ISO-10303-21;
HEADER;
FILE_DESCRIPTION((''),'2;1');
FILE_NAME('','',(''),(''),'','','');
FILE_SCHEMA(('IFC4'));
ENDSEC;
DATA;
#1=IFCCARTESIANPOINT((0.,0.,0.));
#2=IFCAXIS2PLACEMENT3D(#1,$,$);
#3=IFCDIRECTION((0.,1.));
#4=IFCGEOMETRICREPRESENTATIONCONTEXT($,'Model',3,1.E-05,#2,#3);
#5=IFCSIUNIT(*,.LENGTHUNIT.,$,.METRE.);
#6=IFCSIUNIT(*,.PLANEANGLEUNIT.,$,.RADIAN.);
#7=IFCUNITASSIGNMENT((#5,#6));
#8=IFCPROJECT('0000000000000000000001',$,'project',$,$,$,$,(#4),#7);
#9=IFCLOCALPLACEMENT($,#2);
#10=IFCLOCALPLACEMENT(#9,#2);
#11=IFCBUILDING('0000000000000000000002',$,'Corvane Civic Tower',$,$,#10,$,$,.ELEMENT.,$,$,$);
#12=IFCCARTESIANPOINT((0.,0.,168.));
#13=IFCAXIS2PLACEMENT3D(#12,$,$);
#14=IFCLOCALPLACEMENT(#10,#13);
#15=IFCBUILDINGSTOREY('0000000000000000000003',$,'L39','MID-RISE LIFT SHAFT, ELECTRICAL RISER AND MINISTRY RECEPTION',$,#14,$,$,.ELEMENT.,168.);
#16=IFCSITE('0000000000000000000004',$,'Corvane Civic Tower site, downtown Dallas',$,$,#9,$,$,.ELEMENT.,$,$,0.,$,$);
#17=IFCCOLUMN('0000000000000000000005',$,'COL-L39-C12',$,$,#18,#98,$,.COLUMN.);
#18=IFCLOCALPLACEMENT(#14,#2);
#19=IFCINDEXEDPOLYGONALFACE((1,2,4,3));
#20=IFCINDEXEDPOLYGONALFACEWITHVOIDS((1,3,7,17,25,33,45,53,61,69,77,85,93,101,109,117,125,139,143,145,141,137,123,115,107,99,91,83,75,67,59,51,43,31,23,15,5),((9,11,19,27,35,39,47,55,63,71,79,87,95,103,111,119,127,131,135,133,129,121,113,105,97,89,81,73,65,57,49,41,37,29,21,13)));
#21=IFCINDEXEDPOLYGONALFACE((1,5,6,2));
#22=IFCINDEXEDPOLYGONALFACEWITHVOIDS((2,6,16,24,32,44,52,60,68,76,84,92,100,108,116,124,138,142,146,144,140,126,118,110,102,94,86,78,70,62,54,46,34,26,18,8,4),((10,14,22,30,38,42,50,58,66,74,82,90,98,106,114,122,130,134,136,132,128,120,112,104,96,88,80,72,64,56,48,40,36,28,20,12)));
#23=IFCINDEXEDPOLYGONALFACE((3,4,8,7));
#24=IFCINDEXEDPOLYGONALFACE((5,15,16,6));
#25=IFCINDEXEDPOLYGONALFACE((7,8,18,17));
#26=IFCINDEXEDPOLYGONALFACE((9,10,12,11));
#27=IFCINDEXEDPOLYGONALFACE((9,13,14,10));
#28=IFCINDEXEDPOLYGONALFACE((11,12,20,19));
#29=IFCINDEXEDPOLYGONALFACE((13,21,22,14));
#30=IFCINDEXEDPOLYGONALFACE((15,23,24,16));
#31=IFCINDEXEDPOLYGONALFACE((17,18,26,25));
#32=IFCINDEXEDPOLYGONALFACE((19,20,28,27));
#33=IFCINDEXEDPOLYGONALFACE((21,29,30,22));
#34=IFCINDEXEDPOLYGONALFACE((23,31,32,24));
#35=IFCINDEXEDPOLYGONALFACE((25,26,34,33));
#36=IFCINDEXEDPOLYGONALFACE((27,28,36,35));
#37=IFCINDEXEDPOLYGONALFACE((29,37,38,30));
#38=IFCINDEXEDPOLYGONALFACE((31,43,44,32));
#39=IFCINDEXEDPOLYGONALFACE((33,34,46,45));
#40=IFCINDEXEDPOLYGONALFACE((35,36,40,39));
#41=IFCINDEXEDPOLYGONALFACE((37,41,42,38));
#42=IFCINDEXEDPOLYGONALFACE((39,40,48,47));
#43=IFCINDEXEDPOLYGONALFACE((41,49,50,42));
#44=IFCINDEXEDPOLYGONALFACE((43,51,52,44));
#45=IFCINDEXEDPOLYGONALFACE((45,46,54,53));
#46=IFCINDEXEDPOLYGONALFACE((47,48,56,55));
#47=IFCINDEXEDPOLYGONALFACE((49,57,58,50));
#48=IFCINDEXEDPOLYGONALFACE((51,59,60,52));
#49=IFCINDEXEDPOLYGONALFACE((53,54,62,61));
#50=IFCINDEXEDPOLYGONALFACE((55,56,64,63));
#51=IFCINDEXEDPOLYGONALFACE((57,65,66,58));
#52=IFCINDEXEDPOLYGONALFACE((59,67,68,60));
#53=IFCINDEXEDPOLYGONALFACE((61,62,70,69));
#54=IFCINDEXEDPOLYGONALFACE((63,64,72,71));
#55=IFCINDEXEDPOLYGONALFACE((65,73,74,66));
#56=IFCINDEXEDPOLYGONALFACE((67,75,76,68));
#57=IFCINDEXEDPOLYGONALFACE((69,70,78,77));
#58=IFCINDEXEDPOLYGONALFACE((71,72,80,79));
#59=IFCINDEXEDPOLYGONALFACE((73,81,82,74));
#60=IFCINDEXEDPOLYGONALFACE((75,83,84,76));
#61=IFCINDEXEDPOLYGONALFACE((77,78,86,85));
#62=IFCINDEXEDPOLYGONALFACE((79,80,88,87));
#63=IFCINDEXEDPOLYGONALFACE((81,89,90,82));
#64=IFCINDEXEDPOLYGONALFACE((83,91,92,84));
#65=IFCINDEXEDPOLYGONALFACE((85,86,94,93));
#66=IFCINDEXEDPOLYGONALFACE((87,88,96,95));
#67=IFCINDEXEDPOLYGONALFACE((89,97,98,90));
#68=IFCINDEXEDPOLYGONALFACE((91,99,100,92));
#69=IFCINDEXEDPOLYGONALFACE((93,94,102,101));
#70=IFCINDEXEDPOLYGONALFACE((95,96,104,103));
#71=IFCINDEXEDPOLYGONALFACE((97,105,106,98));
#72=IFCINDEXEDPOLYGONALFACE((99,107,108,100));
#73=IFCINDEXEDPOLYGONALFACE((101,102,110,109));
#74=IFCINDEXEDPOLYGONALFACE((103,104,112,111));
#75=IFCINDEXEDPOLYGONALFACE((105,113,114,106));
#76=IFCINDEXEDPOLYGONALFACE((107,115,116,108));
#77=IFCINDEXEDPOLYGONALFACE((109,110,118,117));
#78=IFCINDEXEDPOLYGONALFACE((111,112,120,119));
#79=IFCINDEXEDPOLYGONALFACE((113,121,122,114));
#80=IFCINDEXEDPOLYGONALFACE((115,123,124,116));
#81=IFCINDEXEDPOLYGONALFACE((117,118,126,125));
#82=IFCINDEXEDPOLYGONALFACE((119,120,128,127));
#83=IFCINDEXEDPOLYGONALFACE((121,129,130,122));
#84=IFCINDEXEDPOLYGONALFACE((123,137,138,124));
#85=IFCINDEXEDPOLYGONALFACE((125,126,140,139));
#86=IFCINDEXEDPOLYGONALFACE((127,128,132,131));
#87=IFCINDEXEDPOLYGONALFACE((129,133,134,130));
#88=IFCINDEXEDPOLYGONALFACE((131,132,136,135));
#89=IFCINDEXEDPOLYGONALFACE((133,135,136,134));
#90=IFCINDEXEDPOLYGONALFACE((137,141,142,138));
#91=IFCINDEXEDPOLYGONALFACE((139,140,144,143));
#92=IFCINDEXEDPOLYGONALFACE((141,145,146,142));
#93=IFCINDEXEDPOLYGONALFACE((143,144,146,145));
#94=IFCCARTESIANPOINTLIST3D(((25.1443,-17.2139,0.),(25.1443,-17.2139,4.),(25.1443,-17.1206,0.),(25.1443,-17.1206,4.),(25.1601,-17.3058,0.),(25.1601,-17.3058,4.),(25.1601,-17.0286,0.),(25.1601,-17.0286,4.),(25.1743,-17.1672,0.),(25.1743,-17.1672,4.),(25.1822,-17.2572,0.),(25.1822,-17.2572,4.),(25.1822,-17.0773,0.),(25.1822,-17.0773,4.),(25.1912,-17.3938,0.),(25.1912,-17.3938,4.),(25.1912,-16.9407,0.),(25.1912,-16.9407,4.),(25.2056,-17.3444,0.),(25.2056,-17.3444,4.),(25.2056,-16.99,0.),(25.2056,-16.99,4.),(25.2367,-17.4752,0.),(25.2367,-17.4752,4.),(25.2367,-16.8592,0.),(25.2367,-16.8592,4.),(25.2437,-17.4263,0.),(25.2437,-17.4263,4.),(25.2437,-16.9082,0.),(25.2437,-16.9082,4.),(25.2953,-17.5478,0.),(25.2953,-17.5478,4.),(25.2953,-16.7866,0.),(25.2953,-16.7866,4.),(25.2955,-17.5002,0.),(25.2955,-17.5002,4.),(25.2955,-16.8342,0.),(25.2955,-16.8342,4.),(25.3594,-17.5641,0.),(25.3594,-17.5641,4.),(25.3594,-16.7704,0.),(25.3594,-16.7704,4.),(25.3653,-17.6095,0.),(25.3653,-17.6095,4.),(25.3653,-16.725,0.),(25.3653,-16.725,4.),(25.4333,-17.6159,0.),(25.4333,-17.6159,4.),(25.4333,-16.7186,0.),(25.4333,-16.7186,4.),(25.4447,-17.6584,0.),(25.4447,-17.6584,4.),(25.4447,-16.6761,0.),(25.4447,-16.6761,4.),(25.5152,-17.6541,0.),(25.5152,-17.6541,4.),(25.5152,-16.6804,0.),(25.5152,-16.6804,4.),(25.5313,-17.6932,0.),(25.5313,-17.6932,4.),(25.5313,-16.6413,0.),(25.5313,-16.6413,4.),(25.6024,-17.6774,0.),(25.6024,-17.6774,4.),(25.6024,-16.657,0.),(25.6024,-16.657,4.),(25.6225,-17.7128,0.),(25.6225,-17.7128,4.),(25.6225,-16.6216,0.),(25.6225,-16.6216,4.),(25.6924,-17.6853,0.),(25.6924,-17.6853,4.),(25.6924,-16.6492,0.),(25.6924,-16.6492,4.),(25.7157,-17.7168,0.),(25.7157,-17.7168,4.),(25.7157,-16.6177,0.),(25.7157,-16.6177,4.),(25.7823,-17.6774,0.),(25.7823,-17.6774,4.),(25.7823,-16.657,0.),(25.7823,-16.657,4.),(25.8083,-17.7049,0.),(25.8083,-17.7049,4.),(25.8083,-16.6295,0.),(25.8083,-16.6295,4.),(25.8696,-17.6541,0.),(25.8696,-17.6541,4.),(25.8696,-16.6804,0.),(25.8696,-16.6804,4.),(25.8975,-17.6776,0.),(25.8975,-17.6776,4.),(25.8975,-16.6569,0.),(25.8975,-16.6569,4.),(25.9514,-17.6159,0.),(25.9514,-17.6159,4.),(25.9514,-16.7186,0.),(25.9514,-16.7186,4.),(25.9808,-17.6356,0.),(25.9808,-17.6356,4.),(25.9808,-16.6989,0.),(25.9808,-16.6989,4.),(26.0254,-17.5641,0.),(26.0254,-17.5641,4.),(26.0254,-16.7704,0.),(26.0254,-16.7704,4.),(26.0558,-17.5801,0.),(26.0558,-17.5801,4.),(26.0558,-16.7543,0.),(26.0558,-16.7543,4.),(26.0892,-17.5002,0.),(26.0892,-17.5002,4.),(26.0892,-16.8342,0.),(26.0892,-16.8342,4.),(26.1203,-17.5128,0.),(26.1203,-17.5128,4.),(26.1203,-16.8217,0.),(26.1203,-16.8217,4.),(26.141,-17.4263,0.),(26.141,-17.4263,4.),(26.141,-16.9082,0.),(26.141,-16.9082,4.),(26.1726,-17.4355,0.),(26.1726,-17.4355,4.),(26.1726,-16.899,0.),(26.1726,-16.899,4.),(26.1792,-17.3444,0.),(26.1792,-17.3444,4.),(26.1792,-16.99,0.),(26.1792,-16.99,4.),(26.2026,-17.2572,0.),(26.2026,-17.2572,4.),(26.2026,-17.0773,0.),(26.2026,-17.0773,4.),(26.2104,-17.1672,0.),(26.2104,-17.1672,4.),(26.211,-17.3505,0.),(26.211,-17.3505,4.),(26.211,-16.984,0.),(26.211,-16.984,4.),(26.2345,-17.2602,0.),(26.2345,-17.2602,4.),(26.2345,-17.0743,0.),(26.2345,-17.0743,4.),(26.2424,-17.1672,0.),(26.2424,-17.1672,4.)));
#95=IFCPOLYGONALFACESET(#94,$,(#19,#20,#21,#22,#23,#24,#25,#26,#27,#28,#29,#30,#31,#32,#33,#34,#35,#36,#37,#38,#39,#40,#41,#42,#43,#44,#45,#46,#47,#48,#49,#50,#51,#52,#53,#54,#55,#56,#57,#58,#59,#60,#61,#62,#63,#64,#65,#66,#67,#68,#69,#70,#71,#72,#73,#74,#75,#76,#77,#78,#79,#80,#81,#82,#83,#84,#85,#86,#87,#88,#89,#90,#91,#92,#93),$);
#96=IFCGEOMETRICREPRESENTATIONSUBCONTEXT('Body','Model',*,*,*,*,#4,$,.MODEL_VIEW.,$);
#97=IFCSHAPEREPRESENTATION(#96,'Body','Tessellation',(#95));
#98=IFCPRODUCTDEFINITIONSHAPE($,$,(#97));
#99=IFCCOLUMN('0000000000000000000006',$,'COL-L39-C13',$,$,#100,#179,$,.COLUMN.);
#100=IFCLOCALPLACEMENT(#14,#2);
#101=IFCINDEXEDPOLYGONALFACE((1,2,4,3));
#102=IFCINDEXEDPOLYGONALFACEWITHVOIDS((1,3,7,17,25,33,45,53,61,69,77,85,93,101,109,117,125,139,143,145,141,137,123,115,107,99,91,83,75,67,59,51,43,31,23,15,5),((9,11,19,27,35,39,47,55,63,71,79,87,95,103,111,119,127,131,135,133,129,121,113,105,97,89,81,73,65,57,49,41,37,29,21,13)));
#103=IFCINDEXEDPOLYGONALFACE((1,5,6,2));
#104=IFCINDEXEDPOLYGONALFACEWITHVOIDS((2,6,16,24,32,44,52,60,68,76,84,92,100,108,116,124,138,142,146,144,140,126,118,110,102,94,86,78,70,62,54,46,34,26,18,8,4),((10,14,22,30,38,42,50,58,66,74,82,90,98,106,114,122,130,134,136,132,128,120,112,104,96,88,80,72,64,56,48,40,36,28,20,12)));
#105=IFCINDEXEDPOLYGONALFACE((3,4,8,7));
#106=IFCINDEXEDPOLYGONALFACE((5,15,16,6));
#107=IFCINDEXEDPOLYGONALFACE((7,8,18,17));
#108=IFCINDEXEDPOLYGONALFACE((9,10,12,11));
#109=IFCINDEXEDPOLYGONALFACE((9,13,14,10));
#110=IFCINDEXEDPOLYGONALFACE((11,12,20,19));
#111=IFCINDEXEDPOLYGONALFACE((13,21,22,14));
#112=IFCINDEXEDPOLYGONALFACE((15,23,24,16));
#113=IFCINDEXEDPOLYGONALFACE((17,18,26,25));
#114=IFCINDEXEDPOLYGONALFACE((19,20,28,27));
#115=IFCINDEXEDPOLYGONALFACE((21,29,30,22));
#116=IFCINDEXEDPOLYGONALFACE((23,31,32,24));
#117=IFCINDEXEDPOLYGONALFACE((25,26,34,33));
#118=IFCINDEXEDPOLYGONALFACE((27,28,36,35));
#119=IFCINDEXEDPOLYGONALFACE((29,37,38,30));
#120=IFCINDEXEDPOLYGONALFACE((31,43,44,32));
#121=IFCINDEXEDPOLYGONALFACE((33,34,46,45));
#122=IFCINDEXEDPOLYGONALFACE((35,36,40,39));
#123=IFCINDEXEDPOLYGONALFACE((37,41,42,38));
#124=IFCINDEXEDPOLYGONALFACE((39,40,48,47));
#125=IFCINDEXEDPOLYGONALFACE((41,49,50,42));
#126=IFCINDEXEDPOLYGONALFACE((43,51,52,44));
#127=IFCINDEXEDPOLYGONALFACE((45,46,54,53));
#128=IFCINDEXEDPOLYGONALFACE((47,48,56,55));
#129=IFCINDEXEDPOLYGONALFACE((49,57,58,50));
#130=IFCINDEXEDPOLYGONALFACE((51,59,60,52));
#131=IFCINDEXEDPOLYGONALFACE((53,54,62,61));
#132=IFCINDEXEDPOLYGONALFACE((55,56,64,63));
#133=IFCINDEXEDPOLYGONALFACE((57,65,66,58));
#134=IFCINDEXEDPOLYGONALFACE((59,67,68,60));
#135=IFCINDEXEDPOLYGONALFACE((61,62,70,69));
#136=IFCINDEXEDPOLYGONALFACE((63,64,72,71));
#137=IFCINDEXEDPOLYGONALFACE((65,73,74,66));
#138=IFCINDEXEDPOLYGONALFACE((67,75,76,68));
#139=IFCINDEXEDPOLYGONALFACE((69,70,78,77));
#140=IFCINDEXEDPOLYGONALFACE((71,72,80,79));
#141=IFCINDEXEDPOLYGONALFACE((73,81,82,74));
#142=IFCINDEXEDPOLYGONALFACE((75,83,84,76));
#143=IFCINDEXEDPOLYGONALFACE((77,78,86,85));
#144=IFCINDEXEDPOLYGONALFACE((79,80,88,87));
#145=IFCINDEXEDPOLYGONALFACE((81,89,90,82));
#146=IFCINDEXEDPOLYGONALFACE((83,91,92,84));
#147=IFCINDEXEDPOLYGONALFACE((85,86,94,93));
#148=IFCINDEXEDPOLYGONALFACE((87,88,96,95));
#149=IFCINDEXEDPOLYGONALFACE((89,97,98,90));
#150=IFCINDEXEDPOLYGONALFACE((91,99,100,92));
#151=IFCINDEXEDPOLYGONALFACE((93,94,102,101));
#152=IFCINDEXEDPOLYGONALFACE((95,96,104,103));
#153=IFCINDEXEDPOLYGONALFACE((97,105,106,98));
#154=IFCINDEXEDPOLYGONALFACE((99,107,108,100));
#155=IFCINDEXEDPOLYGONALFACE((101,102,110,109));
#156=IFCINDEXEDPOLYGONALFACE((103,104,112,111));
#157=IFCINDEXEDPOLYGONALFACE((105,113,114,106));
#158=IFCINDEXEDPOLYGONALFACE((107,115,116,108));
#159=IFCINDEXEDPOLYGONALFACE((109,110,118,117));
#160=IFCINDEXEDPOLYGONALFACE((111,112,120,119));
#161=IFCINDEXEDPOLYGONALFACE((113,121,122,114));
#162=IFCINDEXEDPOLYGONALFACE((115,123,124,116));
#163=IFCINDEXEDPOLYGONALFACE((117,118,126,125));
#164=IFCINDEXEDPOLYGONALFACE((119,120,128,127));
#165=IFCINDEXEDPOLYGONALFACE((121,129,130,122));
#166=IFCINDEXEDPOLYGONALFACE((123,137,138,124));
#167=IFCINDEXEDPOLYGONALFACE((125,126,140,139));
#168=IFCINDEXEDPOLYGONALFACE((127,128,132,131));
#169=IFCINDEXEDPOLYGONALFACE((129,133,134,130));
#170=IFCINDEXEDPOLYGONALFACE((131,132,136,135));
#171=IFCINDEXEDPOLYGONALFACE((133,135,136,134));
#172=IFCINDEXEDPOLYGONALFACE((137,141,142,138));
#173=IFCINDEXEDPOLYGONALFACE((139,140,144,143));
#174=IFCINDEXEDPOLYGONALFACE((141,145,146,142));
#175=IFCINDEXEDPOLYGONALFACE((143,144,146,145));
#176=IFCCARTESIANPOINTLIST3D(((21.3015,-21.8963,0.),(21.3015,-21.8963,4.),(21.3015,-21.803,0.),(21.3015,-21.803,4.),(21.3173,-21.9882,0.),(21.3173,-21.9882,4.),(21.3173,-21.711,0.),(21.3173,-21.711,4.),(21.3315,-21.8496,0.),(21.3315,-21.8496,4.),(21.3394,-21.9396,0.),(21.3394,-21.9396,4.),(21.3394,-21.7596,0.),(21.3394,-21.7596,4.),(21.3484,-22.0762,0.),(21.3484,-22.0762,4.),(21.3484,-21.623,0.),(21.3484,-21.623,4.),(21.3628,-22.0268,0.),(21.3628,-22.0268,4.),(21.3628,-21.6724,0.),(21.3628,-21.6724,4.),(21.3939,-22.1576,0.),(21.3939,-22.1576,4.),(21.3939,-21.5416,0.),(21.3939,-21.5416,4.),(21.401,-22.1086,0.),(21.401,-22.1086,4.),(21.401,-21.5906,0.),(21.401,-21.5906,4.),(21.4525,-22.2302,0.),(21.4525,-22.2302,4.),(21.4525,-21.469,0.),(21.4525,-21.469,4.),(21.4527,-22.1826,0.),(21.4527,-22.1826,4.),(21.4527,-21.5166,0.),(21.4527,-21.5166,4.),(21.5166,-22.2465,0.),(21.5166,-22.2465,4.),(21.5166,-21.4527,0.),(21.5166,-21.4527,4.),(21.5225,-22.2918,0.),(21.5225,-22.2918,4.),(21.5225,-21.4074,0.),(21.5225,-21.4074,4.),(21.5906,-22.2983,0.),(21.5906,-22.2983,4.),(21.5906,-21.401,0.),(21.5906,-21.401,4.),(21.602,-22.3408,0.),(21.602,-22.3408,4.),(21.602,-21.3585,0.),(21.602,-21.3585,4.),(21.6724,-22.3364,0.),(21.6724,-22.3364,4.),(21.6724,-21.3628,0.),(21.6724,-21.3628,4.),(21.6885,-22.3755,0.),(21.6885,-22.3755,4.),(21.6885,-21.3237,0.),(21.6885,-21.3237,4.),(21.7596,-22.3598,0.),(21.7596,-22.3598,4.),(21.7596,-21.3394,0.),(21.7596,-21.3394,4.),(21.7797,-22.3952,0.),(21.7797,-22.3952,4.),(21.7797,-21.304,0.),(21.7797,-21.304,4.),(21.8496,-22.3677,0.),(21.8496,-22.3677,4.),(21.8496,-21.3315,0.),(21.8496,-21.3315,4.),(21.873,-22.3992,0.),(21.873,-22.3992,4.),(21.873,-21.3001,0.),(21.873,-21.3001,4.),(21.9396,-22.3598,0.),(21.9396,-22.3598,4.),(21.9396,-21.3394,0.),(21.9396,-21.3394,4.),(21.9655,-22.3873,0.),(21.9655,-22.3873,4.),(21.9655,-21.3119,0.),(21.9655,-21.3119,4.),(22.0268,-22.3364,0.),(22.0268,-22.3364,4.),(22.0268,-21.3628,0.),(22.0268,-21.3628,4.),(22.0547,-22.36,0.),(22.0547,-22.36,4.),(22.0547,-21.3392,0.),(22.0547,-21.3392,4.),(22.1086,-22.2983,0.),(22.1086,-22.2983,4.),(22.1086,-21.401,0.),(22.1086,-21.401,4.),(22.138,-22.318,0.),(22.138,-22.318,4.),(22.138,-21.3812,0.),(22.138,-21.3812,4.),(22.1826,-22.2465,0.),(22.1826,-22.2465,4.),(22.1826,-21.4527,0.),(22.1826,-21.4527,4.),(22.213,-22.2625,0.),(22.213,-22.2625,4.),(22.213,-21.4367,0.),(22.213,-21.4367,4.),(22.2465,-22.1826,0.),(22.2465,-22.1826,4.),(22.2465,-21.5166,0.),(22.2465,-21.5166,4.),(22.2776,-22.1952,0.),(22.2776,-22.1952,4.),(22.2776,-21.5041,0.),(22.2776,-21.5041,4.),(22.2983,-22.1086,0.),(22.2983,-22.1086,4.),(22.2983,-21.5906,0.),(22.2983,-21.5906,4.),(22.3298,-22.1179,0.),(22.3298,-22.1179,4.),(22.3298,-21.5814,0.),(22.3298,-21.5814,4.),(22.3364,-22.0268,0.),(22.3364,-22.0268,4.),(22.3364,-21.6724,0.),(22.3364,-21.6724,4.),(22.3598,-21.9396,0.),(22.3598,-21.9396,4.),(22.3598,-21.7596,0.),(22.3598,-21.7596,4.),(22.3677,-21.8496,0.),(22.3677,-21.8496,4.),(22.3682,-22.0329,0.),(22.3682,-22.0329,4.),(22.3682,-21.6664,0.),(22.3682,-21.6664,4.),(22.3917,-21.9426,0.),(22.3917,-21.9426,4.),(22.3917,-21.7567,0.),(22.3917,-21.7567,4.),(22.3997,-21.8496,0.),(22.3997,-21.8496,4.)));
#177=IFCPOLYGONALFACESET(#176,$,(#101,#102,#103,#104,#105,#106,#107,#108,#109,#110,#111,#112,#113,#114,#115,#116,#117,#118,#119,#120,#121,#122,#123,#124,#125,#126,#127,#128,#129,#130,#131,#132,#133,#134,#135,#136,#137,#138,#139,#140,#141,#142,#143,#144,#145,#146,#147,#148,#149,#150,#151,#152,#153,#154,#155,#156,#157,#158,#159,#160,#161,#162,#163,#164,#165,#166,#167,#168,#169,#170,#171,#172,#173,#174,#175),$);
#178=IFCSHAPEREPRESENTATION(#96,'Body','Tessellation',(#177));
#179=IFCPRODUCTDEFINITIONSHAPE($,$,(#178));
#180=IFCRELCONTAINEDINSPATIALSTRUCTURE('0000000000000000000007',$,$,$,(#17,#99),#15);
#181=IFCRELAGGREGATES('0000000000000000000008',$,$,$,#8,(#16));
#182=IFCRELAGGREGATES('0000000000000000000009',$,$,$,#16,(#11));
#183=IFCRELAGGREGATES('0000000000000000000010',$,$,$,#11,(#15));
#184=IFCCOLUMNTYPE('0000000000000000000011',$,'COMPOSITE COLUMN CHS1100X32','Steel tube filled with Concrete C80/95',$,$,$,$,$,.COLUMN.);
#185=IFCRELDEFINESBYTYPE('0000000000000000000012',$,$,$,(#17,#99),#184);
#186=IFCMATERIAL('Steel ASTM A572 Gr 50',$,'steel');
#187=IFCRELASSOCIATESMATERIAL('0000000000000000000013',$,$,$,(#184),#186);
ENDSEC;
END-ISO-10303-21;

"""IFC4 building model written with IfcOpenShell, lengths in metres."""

from ifc_helpers import new_model, si_unit, direction, frame, origin, origin_2d, place, context, subcontext, project, spatial, hollow_circle, extrude, material, material_profile, profile_set, type_object, element, save


model = new_model("IFC4")

# Units and contexts
model_context = context("Model", 3, precision=1e-05, world=origin(), true_north=direction((0.0, 1.0)))
body_context = subcontext(model_context, "Body", "Model", "MODEL_VIEW")
ifc_project = project(units=[si_unit("LENGTHUNIT", "METRE"), si_unit("PLANEANGLEUNIT", "RADIAN")], contexts=[model_context])

# Site, building, storey
site_placement = place(None, origin())
site = spatial("IfcSite", under=ifc_project, at=site_placement, Name="Corvane Civic Tower site, downtown Dallas", CompositionType="ELEMENT", RefElevation=0.0)
building_placement = place(site_placement, origin())
building = spatial("IfcBuilding", under=site, at=building_placement, Name="Corvane Civic Tower", CompositionType="ELEMENT")
storey_placement = place(building_placement, frame((0.0, 0.0, 168.0)))
storey = spatial("IfcBuildingStorey", under=building, at=storey_placement, Name="L39", Description="MID-RISE LIFT SHAFT, ELECTRICAL RISER AND MINISTRY RECEPTION", CompositionType="ELEMENT", Elevation=168.0)

# Columns
ifc_material_1 = material(Name="Steel ASTM A572 Gr 50", Category="steel")
ifc_material_profile_1 = material_profile(ifc_material_1, hollow_circle(Radius=0.55, WallThickness=0.032, at=origin_2d()), Name="CHS1100X32")
ifc_profile_set_1 = profile_set([ifc_material_profile_1], Name="Steel ASTM A572 Gr 50")
column_type = type_object("IfcColumnType", Name="COMPOSITE COLUMN CHS1100X32", Description="Steel tube filled with Concrete C80/95", PredefinedType="COLUMN", material=ifc_profile_set_1)
for number, where, z_axis, x_axis, name in (
    (1, (25.6924, -17.1672, 0.0), (0.0, 0.0, 1.0), (1.0, 0.0, 0.0), "COL-L39-C12"),
    (2, (21.8496, -21.8496, 0.0), (0.0, 0.0, 1.0), (1.0, 0.0, 0.0), "COL-L39-C13"),
):
    element("IfcColumn", number, at=place(storey_placement, frame(where, z_axis=z_axis, x_axis=x_axis)), inside=storey, type_object=column_type, Name=name, PredefinedType="COLUMN", context=body_context, shape_type="SweptSolid", body=[
        extrude(hollow_circle(Radius=0.55, WallThickness=0.032, at=origin_2d()), origin(), (0.0, 0.0, 1.0), 4.0),
    ])

save(model, "model.ifc")
